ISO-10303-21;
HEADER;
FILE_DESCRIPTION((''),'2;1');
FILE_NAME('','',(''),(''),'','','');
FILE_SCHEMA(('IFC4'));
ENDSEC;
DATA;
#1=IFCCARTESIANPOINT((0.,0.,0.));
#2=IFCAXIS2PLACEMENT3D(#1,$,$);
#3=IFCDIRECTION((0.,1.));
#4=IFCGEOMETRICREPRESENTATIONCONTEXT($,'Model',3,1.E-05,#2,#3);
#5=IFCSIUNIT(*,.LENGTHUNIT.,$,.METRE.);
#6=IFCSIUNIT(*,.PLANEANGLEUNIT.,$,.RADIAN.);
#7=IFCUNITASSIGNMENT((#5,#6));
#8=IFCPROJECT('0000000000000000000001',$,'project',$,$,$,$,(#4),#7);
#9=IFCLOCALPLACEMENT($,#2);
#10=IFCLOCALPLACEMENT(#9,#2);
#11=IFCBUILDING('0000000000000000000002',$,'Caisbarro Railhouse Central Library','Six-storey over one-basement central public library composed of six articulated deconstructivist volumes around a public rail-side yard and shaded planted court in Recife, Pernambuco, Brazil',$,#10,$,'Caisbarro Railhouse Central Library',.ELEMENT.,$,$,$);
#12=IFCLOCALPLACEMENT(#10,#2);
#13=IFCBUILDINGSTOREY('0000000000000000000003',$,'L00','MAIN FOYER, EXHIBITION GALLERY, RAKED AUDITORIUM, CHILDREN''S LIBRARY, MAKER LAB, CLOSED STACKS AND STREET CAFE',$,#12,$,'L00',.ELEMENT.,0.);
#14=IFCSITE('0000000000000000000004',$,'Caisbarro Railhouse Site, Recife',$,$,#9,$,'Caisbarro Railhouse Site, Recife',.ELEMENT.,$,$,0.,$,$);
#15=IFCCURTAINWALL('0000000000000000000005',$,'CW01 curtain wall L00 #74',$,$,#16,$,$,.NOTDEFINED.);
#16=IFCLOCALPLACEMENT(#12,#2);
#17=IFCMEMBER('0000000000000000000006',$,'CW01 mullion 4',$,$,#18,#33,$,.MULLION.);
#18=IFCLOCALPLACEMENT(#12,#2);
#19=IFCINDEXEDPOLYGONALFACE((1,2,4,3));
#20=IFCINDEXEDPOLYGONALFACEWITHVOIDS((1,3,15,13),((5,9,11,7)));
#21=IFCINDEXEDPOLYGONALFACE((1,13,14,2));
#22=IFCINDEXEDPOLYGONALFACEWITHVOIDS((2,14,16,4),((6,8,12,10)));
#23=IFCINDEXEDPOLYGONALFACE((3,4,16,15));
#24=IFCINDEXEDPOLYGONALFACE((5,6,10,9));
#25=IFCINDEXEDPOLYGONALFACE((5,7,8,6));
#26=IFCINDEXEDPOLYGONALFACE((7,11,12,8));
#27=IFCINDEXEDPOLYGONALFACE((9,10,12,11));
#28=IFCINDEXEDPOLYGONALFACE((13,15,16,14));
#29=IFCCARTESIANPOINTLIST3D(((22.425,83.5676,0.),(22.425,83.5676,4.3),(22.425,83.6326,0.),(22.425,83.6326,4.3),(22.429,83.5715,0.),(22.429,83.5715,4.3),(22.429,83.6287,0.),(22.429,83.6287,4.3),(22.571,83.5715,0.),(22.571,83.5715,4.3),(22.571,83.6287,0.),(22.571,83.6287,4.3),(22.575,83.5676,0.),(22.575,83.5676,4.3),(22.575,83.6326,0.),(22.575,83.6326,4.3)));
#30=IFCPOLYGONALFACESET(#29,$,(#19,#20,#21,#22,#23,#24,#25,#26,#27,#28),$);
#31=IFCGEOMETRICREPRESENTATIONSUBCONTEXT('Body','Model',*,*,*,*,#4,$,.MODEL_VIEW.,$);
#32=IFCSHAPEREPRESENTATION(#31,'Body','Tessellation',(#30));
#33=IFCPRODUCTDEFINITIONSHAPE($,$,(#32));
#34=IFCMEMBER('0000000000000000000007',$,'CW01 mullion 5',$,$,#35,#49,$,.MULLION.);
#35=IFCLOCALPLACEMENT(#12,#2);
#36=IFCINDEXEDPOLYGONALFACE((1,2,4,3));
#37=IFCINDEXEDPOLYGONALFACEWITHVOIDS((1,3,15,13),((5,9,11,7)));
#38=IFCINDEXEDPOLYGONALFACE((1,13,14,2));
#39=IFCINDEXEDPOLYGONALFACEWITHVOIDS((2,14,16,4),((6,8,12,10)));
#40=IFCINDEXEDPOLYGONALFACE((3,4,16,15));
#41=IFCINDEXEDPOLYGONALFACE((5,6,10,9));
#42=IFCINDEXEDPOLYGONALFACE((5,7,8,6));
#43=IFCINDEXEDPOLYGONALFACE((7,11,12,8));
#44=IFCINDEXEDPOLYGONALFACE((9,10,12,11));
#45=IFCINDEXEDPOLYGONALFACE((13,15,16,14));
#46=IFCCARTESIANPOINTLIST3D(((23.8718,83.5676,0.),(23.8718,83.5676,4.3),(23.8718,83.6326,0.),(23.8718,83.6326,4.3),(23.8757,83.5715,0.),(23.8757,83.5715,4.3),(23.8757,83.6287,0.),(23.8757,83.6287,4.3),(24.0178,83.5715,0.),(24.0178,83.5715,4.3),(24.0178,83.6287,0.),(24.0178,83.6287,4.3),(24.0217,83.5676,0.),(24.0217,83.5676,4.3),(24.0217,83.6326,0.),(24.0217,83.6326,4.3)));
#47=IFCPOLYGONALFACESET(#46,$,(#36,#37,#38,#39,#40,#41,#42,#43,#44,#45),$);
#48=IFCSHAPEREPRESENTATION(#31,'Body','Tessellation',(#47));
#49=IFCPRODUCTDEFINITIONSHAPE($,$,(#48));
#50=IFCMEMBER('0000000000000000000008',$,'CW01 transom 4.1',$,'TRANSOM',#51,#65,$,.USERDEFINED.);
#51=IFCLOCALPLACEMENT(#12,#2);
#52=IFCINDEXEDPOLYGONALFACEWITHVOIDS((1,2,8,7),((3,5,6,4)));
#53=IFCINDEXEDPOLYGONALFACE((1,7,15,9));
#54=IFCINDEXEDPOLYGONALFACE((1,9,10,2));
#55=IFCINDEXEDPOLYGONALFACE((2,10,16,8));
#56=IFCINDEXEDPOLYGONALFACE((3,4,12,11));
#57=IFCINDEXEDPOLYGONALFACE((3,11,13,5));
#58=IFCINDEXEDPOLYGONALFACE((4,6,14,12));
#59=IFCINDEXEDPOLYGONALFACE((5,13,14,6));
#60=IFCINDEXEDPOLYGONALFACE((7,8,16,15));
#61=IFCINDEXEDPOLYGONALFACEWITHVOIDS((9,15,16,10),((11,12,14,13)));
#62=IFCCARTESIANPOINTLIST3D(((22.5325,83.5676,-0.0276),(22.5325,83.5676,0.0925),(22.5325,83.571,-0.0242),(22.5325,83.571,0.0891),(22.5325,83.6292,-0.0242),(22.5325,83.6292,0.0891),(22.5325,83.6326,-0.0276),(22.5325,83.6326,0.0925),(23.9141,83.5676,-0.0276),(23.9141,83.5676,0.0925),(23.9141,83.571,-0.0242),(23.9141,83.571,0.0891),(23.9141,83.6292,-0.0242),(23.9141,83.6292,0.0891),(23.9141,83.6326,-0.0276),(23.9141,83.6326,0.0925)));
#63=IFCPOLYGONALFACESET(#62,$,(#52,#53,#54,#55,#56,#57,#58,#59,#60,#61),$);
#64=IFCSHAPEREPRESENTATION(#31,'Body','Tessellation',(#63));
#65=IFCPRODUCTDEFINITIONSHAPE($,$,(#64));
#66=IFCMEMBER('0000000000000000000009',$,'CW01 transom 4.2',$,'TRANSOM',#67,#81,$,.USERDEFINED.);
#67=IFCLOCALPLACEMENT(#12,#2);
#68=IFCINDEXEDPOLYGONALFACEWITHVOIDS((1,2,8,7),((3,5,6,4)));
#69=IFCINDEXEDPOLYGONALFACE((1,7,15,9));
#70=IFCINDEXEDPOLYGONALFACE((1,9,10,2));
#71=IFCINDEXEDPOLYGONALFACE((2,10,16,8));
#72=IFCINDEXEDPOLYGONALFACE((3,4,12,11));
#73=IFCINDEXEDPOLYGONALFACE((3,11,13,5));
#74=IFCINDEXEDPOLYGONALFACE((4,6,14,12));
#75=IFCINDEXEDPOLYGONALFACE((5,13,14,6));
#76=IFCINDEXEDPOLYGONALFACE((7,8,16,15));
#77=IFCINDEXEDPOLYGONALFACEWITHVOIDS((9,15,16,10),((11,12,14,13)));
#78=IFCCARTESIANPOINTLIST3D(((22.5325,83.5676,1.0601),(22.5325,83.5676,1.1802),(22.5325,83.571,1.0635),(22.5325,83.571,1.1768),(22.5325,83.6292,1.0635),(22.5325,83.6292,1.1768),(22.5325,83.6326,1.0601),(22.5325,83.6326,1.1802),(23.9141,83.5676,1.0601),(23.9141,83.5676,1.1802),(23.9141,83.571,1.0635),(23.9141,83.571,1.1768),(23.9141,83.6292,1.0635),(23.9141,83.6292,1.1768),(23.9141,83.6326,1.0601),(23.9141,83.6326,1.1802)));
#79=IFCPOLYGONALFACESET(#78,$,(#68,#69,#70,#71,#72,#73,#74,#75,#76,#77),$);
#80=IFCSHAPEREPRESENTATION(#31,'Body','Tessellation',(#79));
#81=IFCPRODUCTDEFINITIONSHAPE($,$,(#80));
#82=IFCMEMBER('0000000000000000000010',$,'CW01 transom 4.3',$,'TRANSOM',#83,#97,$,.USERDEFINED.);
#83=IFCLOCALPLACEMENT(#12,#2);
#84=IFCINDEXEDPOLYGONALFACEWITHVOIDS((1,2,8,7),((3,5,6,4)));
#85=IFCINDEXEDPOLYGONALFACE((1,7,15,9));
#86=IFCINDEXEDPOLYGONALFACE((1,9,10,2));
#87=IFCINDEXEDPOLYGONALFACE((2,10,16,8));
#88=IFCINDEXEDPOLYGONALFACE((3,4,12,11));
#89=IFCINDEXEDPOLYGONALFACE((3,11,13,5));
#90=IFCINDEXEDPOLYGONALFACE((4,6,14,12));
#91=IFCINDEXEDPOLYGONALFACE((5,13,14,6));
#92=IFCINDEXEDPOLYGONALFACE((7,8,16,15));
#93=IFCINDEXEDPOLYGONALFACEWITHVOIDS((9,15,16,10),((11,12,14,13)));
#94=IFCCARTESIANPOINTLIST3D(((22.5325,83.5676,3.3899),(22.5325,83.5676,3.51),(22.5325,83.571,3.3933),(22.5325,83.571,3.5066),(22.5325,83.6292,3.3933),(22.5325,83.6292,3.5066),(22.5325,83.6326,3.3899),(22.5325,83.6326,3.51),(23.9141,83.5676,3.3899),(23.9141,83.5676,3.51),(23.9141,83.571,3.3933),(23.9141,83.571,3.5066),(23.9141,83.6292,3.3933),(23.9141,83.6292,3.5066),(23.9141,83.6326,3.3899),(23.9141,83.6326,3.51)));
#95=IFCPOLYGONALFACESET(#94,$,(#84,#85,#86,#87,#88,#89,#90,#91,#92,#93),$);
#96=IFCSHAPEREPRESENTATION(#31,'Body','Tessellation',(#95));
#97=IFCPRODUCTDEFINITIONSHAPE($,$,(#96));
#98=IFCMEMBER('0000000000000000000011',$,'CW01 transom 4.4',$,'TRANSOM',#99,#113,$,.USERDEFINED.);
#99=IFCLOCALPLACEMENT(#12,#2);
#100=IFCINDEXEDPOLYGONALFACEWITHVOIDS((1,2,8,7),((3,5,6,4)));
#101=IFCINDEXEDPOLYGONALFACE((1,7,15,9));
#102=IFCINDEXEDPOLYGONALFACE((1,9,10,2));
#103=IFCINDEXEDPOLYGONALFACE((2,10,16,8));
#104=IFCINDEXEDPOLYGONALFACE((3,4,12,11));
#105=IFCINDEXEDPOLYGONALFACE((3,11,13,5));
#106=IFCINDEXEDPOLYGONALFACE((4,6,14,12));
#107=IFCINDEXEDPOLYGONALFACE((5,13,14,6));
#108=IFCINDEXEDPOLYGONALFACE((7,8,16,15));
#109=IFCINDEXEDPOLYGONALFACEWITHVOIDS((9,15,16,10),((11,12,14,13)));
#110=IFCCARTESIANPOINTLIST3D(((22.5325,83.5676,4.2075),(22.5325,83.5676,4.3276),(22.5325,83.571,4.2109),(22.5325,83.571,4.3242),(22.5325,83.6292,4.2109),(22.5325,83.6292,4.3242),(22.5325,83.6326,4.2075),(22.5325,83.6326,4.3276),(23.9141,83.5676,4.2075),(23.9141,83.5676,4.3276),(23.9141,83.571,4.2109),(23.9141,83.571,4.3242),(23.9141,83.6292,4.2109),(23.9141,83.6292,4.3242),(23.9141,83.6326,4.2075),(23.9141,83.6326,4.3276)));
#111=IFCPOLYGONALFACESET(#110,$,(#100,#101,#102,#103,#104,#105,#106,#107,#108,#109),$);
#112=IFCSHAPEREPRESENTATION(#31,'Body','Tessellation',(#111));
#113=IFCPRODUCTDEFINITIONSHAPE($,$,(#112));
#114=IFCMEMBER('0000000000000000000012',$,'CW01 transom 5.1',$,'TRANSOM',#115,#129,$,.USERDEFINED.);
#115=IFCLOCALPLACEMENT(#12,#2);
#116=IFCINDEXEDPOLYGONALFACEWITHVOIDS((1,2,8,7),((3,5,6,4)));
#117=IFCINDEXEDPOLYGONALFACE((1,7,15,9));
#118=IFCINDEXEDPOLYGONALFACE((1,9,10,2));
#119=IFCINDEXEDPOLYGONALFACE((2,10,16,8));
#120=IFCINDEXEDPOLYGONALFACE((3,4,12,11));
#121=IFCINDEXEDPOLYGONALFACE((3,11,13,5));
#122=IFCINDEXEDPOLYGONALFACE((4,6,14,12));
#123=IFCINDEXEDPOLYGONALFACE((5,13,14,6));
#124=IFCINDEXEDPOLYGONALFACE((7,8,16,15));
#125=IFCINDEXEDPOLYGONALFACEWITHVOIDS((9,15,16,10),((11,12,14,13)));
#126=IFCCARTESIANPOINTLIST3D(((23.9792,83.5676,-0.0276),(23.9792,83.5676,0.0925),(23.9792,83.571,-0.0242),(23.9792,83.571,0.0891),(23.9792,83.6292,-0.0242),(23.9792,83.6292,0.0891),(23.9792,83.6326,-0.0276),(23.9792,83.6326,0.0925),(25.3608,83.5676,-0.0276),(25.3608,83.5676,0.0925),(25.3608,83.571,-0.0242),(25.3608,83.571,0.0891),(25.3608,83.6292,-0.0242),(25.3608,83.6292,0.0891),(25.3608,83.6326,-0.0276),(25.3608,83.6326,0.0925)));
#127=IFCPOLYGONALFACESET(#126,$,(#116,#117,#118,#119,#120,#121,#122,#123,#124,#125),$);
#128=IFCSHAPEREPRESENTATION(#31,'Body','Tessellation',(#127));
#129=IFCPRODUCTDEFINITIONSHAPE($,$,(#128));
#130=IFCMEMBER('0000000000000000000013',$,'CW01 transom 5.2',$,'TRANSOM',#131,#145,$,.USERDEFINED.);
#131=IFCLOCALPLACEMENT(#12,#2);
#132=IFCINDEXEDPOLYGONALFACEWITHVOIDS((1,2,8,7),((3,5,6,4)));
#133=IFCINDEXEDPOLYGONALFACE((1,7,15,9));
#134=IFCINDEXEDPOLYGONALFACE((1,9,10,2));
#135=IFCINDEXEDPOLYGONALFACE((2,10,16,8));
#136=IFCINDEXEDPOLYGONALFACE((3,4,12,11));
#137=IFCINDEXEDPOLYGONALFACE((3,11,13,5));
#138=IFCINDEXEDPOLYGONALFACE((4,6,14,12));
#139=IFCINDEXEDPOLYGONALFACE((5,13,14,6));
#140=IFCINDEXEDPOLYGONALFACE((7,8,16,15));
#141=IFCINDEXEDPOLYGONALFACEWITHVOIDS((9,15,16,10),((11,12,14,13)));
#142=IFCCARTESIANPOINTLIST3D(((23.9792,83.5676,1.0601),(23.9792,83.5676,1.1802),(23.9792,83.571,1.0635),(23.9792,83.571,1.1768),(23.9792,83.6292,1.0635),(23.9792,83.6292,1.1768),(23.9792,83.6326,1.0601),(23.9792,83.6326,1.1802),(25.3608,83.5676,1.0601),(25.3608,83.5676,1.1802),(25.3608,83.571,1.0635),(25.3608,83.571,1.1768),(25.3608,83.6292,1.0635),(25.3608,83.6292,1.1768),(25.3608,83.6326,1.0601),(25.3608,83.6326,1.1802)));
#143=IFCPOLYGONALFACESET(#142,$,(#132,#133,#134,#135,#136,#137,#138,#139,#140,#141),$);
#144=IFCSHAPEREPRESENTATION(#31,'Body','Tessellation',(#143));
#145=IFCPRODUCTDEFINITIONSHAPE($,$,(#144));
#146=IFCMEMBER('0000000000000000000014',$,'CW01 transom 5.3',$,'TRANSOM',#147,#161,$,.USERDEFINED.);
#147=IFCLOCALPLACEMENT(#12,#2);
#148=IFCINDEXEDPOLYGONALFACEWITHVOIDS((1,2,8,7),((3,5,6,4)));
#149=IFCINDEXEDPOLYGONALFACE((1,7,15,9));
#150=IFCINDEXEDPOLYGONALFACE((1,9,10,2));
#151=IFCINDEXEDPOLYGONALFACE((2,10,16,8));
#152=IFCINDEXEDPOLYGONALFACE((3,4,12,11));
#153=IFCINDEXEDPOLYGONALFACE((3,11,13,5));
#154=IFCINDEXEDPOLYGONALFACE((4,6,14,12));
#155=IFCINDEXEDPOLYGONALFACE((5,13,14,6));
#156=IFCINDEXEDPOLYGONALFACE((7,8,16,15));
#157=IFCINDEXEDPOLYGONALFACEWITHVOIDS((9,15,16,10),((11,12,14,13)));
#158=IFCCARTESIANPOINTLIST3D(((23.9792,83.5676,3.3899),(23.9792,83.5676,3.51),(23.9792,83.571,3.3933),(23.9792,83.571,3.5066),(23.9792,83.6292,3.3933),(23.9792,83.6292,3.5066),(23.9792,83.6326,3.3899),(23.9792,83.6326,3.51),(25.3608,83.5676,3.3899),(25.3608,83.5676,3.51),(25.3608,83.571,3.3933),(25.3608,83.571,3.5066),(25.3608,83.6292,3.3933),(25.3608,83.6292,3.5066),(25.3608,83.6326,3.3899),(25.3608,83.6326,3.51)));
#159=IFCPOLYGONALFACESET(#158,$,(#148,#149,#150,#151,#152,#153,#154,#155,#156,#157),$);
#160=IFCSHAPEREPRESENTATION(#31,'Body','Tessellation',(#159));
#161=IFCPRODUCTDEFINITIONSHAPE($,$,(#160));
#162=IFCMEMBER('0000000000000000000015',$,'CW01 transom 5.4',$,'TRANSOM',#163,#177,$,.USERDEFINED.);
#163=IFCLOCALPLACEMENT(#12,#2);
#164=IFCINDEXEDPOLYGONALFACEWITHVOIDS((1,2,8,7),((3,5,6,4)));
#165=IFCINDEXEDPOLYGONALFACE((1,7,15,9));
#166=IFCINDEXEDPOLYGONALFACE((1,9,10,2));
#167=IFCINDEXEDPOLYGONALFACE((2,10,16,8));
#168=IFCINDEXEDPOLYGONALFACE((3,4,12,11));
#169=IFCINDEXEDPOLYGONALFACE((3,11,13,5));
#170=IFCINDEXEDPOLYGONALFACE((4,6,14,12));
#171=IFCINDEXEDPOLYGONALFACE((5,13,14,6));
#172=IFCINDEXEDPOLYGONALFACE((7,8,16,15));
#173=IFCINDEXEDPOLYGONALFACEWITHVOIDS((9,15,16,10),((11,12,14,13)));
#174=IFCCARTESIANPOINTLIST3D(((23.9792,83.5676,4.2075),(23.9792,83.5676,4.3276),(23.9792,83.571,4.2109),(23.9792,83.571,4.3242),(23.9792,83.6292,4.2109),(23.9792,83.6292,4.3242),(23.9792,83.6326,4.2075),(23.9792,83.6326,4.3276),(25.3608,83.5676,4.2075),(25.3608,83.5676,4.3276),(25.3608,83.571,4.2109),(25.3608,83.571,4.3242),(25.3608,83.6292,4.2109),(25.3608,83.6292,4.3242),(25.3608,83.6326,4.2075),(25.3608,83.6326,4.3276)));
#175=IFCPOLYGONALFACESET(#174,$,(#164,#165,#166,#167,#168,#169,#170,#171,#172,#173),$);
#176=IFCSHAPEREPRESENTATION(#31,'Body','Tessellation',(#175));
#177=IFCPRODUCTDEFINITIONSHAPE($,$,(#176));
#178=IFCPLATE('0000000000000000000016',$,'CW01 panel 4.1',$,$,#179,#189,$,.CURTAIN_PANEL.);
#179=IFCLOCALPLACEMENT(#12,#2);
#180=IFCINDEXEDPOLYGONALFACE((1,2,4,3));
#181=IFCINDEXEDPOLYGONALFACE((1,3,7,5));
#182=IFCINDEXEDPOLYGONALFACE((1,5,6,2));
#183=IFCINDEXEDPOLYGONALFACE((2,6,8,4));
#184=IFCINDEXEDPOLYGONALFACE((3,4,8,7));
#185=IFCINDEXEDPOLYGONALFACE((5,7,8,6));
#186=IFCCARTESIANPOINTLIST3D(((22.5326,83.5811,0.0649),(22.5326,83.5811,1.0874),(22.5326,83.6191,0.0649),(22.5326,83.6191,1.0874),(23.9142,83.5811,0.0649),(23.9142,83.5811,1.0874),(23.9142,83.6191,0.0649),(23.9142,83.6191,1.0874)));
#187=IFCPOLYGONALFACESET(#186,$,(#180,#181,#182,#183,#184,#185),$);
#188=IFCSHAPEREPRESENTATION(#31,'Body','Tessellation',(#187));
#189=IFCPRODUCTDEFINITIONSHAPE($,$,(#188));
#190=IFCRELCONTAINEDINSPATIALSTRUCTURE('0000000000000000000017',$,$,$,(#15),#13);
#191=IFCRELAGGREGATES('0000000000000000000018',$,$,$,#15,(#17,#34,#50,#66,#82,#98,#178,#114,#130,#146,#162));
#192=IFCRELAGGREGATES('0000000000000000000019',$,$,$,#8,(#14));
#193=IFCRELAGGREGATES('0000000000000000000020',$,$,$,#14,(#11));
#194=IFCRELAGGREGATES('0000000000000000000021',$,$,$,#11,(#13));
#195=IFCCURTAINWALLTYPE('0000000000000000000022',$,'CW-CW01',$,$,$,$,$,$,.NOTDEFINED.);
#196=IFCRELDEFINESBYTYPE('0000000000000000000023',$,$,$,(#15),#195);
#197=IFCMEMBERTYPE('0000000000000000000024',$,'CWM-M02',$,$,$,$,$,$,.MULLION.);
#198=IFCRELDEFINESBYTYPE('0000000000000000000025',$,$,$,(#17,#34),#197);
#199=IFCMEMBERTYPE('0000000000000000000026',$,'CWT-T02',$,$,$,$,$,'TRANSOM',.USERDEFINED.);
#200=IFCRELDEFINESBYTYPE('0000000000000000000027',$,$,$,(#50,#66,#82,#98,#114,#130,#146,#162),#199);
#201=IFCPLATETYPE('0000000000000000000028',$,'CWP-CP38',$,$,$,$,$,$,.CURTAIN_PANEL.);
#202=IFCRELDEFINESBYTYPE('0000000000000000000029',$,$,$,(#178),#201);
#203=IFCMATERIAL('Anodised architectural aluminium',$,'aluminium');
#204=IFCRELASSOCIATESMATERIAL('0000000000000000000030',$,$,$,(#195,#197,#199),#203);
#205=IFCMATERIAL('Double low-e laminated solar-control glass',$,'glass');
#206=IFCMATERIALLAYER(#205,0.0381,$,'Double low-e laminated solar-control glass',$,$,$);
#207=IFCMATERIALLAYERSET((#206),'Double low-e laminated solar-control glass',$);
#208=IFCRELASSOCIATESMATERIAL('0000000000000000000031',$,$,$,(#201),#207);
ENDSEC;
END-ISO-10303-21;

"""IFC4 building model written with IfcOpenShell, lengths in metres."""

from ifc_helpers import new_model, si_unit, direction, frame, origin, origin_2d, place, context, subcontext, project, spatial, rectangle, hollow_rectangle, extrude, material, layer, layer_set, material_profile, profile_set, type_object, element, aggregate, save


model = new_model("IFC4")

# Units and contexts
model_context = context("Model", 3, precision=1e-05, world=origin(), true_north=direction((0.0, 1.0)))
body_context = subcontext(model_context, "Body", "Model", "MODEL_VIEW")
ifc_project = project(units=[si_unit("LENGTHUNIT", "METRE"), si_unit("PLANEANGLEUNIT", "RADIAN")], contexts=[model_context])

# Site, building, storey
site_placement = place(None, origin())
site = spatial("IfcSite", under=ifc_project, at=site_placement, Name="Caisbarro Railhouse Site, Recife", LongName="Caisbarro Railhouse Site, Recife", CompositionType="ELEMENT", RefElevation=0.0)
building_placement = place(site_placement, origin())
building = spatial("IfcBuilding", under=site, at=building_placement, Name="Caisbarro Railhouse Central Library", Description="Six-storey over one-basement central public library composed of six articulated deconstructivist volumes around a public rail-side yard and shaded planted court in Recife, Pernambuco, Brazil", LongName="Caisbarro Railhouse Central Library", CompositionType="ELEMENT")
storey_placement = place(building_placement, origin())
storey = spatial("IfcBuildingStorey", under=building, at=storey_placement, Name="L00", Description="MAIN FOYER, EXHIBITION GALLERY, RAKED AUDITORIUM, CHILDREN'S LIBRARY, MAKER LAB, CLOSED STACKS AND STREET CAFE", LongName="L00", CompositionType="ELEMENT", Elevation=0.0)

# Curtain wall, members, plate
ifc_material_1 = material(Name="Anodised architectural aluminium", Category="aluminium")
curtain_wall_type = type_object("IfcCurtainWallType", Name="CW-CW01", PredefinedType="NOTDEFINED", material=ifc_material_1)
curtain_wall_placement = place(storey_placement, origin())
curtain_wall = element("IfcCurtainWall", 1, at=curtain_wall_placement, inside=storey, type_object=curtain_wall_type, Name="CW01 curtain wall L00 #74", PredefinedType="NOTDEFINED")
ifc_material_profile_1 = material_profile(ifc_material_1, hollow_rectangle(XDim=0.0649, YDim=0.1499, WallThickness=0.0039, at=origin_2d()), Name="ALU-MUL-65X150")
ifc_profile_set_1 = profile_set([ifc_material_profile_1], Name="Anodised architectural aluminium")
member_type_1 = type_object("IfcMemberType", Name="CWM-M02", PredefinedType="MULLION", material=ifc_profile_set_1)
member_1_placement = place(storey_placement, frame((22.5, 83.6001, 0.0), z_axis=(0.0, 0.0, 1.0), x_axis=(0.0, 1.0, 0.0)))
member_1 = element("IfcMember", 2, at=member_1_placement, type_object=member_type_1, Name="CW01 mullion 4", PredefinedType="MULLION", context=body_context, shape_type="SweptSolid", body=[
    extrude(hollow_rectangle(XDim=0.0649, YDim=0.1499, WallThickness=0.0039, at=origin_2d()), origin(), (0.0, 0.0, 1.0), 4.3),
])
member_2_placement = place(storey_placement, frame((23.9468, 83.6001, 0.0), z_axis=(0.0, 0.0, 1.0), x_axis=(0.0, 1.0, 0.0)))
member_2 = element("IfcMember", 3, at=member_2_placement, type_object=member_type_1, Name="CW01 mullion 5", PredefinedType="MULLION", context=body_context, shape_type="SweptSolid", body=[
    extrude(hollow_rectangle(XDim=0.0649, YDim=0.1499, WallThickness=0.0039, at=origin_2d()), origin(), (0.0, 0.0, 1.0), 4.3),
])
ifc_material_profile_2 = material_profile(ifc_material_1, hollow_rectangle(XDim=0.0649, YDim=0.1201, WallThickness=0.0034, at=origin_2d()), Name="ALU-TRN-65X120")
ifc_profile_set_2 = profile_set([ifc_material_profile_2], Name="Anodised architectural aluminium")
member_type_2 = type_object("IfcMemberType", Name="CWT-T02", ElementType="TRANSOM", PredefinedType="USERDEFINED", material=ifc_profile_set_2)
member_3_placement = place(storey_placement, frame((22.5325, 83.6001, 0.0325), z_axis=(1.0, 0.0, 0.0), x_axis=(0.0, 1.0, 0.0)))
member_3 = element("IfcMember", 4, at=member_3_placement, type_object=member_type_2, Name="CW01 transom 4.1", ObjectType="TRANSOM", PredefinedType="USERDEFINED", context=body_context, shape_type="SweptSolid", body=[
    extrude(hollow_rectangle(XDim=0.0649, YDim=0.1201, WallThickness=0.0034, at=origin_2d()), origin(), (0.0, 0.0, 1.0), 1.3816),
])
member_4_placement = place(storey_placement, frame((22.5325, 83.6001, 1.1201), z_axis=(1.0, 0.0, 0.0), x_axis=(0.0, 1.0, 0.0)))
member_4 = element("IfcMember", 5, at=member_4_placement, type_object=member_type_2, Name="CW01 transom 4.2", ObjectType="TRANSOM", PredefinedType="USERDEFINED", context=body_context, shape_type="SweptSolid", body=[
    extrude(hollow_rectangle(XDim=0.0649, YDim=0.1201, WallThickness=0.0034, at=origin_2d()), origin(), (0.0, 0.0, 1.0), 1.3816),
])
member_5_placement = place(storey_placement, frame((22.5325, 83.6001, 3.45), z_axis=(1.0, 0.0, 0.0), x_axis=(0.0, 1.0, 0.0)))
member_5 = element("IfcMember", 6, at=member_5_placement, type_object=member_type_2, Name="CW01 transom 4.3", ObjectType="TRANSOM", PredefinedType="USERDEFINED", context=body_context, shape_type="SweptSolid", body=[
    extrude(hollow_rectangle(XDim=0.0649, YDim=0.1201, WallThickness=0.0034, at=origin_2d()), origin(), (0.0, 0.0, 1.0), 1.3816),
])
member_6_placement = place(storey_placement, frame((22.5325, 83.6001, 4.2676), z_axis=(1.0, 0.0, 0.0), x_axis=(0.0, 1.0, 0.0)))
member_6 = element("IfcMember", 7, at=member_6_placement, type_object=member_type_2, Name="CW01 transom 4.4", ObjectType="TRANSOM", PredefinedType="USERDEFINED", context=body_context, shape_type="SweptSolid", body=[
    extrude(hollow_rectangle(XDim=0.0649, YDim=0.1201, WallThickness=0.0034, at=origin_2d()), origin(), (0.0, 0.0, 1.0), 1.3816),
])
member_7_placement = place(storey_placement, frame((23.9792, 83.6001, 0.0325), z_axis=(1.0, 0.0, 0.0), x_axis=(0.0, 1.0, 0.0)))
member_7 = element("IfcMember", 8, at=member_7_placement, type_object=member_type_2, Name="CW01 transom 5.1", ObjectType="TRANSOM", PredefinedType="USERDEFINED", context=body_context, shape_type="SweptSolid", body=[
    extrude(hollow_rectangle(XDim=0.0649, YDim=0.1201, WallThickness=0.0034, at=origin_2d()), origin(), (0.0, 0.0, 1.0), 1.3816),
])
member_8_placement = place(storey_placement, frame((23.9792, 83.6001, 1.1201), z_axis=(1.0, 0.0, 0.0), x_axis=(0.0, 1.0, 0.0)))
member_8 = element("IfcMember", 9, at=member_8_placement, type_object=member_type_2, Name="CW01 transom 5.2", ObjectType="TRANSOM", PredefinedType="USERDEFINED", context=body_context, shape_type="SweptSolid", body=[
    extrude(hollow_rectangle(XDim=0.0649, YDim=0.1201, WallThickness=0.0034, at=origin_2d()), origin(), (0.0, 0.0, 1.0), 1.3816),
])
member_9_placement = place(storey_placement, frame((23.9792, 83.6001, 3.45), z_axis=(1.0, 0.0, 0.0), x_axis=(0.0, 1.0, 0.0)))
member_9 = element("IfcMember", 10, at=member_9_placement, type_object=member_type_2, Name="CW01 transom 5.3", ObjectType="TRANSOM", PredefinedType="USERDEFINED", context=body_context, shape_type="SweptSolid", body=[
    extrude(hollow_rectangle(XDim=0.0649, YDim=0.1201, WallThickness=0.0034, at=origin_2d()), origin(), (0.0, 0.0, 1.0), 1.3816),
])
member_10_placement = place(storey_placement, frame((23.9792, 83.6001, 4.2676), z_axis=(1.0, 0.0, 0.0), x_axis=(0.0, 1.0, 0.0)))
member_10 = element("IfcMember", 11, at=member_10_placement, type_object=member_type_2, Name="CW01 transom 5.4", ObjectType="TRANSOM", PredefinedType="USERDEFINED", context=body_context, shape_type="SweptSolid", body=[
    extrude(hollow_rectangle(XDim=0.0649, YDim=0.1201, WallThickness=0.0034, at=origin_2d()), origin(), (0.0, 0.0, 1.0), 1.3816),
])
ifc_material_2 = material(Name="Double low-e laminated solar-control glass", Category="glass")
ifc_layer_1 = layer(ifc_material_2, 0.0381, Name="Double low-e laminated solar-control glass")
ifc_layer_set_1 = layer_set([ifc_layer_1], Name="Double low-e laminated solar-control glass")
plate_type_1 = type_object("IfcPlateType", Name="CWP-CP38", PredefinedType="CURTAIN_PANEL", material=ifc_layer_set_1)
plate_1_placement = place(storey_placement, frame((23.2234, 83.6001, 0.0649), z_axis=(0.0, 0.0, 1.0), x_axis=(1.0, 0.0, 0.0)))
plate_1 = element("IfcPlate", 12, at=plate_1_placement, type_object=plate_type_1, Name="CW01 panel 4.1", PredefinedType="CURTAIN_PANEL", context=body_context, shape_type="SweptSolid", body=[
    extrude(rectangle(XDim=1.3816, YDim=0.0381, at=origin_2d()), origin(), (0.0, 0.0, 1.0), 1.0225),
])
aggregate(curtain_wall, [member_1, member_2, member_3, member_4, member_5, member_6, plate_1, member_7, member_8, member_9, member_10])

save(model, "model.ifc")
